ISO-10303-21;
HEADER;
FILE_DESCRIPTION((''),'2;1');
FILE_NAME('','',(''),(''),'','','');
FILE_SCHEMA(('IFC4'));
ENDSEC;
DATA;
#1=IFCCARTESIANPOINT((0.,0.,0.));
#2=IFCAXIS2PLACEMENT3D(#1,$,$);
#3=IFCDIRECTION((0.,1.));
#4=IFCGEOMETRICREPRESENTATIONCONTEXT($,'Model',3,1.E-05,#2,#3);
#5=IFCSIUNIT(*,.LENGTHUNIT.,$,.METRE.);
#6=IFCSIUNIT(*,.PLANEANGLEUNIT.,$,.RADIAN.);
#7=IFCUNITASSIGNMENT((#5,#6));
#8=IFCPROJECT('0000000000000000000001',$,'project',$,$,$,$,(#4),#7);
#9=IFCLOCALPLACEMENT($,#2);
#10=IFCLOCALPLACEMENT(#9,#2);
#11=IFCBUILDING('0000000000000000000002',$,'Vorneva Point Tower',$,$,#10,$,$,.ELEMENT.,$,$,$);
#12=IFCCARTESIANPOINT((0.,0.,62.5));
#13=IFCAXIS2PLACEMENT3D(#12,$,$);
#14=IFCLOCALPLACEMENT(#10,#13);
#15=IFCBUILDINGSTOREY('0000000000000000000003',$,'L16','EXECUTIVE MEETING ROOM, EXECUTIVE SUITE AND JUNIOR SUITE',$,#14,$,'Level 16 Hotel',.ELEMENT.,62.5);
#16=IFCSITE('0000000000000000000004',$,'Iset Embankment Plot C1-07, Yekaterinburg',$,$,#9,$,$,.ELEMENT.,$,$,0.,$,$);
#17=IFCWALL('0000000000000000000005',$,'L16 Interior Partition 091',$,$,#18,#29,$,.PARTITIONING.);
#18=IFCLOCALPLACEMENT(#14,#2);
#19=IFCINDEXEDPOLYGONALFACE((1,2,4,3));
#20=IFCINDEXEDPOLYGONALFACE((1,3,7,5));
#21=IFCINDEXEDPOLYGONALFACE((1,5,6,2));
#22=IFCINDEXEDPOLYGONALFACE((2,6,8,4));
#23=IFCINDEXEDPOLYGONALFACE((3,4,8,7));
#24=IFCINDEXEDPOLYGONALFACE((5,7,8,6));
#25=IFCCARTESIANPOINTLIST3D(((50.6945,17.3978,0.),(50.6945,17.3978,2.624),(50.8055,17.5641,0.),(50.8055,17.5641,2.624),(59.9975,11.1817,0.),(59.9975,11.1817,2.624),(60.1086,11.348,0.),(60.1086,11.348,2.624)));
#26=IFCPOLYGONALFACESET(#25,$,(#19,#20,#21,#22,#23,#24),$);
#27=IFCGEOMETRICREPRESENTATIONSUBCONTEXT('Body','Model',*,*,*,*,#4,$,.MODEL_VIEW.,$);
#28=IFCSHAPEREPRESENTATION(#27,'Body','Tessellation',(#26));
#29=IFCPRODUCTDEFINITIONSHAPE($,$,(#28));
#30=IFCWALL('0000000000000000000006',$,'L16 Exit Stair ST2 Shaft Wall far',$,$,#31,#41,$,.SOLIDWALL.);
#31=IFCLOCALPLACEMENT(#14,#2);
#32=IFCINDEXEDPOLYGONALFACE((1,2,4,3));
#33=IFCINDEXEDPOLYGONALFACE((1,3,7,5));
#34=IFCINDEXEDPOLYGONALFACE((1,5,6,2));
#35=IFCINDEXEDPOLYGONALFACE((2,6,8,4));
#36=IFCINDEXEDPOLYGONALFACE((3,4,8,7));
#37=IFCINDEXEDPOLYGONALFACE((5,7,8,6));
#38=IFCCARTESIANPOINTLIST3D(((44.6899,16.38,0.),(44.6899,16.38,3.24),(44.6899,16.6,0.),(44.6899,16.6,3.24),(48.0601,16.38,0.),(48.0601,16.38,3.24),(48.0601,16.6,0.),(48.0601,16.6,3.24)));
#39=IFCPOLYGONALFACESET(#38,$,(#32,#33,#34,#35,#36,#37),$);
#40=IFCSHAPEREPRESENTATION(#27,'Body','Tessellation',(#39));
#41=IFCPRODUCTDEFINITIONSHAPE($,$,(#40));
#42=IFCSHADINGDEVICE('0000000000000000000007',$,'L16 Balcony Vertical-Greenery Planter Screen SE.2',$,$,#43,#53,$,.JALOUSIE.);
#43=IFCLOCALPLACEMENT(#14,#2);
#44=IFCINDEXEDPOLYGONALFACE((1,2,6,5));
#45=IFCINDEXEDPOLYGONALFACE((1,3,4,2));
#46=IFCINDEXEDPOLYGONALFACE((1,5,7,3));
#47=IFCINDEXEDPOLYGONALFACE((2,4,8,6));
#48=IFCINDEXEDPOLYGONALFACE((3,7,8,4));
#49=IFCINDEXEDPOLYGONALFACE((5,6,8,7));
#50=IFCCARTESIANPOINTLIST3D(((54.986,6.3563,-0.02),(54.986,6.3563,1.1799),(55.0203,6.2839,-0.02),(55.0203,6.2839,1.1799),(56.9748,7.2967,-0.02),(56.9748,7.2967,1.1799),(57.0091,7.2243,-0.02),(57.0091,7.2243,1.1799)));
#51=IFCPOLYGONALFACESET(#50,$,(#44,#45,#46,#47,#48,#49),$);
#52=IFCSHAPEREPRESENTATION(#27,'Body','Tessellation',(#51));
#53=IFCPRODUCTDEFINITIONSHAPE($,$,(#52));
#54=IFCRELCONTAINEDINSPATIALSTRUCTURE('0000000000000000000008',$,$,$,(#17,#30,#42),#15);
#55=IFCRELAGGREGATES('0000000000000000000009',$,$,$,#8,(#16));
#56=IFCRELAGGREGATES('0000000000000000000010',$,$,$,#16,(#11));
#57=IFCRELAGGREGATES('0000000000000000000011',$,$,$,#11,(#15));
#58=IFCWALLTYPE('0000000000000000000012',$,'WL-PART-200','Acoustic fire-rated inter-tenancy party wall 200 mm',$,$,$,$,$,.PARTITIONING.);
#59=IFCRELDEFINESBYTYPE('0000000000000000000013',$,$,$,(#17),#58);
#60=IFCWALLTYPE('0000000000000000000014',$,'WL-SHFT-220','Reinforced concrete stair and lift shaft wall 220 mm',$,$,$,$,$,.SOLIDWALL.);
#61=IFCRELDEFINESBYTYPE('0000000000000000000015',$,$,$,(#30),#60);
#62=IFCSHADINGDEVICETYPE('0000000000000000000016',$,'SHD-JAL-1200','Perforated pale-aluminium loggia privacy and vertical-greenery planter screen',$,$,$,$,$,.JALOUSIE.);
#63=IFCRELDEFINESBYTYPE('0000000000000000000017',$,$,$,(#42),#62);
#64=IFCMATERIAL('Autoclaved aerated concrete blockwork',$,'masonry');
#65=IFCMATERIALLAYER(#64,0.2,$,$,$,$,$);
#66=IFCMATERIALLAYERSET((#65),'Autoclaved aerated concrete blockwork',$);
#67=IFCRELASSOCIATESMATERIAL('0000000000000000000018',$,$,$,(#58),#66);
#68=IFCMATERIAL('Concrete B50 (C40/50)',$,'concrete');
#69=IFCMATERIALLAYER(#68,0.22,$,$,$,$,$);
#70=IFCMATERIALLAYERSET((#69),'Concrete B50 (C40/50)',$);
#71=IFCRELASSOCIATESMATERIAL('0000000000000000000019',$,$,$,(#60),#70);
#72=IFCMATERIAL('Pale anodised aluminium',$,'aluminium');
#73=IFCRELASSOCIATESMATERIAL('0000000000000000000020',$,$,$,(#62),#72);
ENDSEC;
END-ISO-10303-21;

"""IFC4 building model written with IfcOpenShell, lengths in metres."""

from ifc_helpers import new_model, si_unit, direction, frame, frame_2d, origin, origin_2d, place, context, subcontext, project, spatial, rectangle, extrude, material, layer, layer_set, type_object, element, save


model = new_model("IFC4")

# Units and contexts
model_context = context("Model", 3, precision=1e-05, world=origin(), true_north=direction((0.0, 1.0)))
body_context = subcontext(model_context, "Body", "Model", "MODEL_VIEW")
ifc_project = project(units=[si_unit("LENGTHUNIT", "METRE"), si_unit("PLANEANGLEUNIT", "RADIAN")], contexts=[model_context])

# Site, building, storey
site_placement = place(None, origin())
site = spatial("IfcSite", under=ifc_project, at=site_placement, Name="Iset Embankment Plot C1-07, Yekaterinburg", CompositionType="ELEMENT", RefElevation=0.0)
building_placement = place(site_placement, origin())
building = spatial("IfcBuilding", under=site, at=building_placement, Name="Vorneva Point Tower", CompositionType="ELEMENT")
storey_placement = place(building_placement, frame((0.0, 0.0, 62.5)))
storey = spatial("IfcBuildingStorey", under=building, at=storey_placement, Name="L16", Description="EXECUTIVE MEETING ROOM, EXECUTIVE SUITE AND JUNIOR SUITE", LongName="Level 16 Hotel", CompositionType="ELEMENT", Elevation=62.5)

# Shared definitions
ifc_material_1 = material(Name="Pale anodised aluminium", Category="aluminium")

# Walls
ifc_material_2 = material(Name="Autoclaved aerated concrete blockwork", Category="masonry")
ifc_layer_1 = layer(ifc_material_2, 0.2)
ifc_layer_set_1 = layer_set([ifc_layer_1], Name="Autoclaved aerated concrete blockwork")
wall_type_1 = type_object("IfcWallType", Name="WL-PART-200", Description="Acoustic fire-rated inter-tenancy party wall 200 mm", PredefinedType="PARTITIONING", material=ifc_layer_set_1)
wall_1_placement = place(storey_placement, frame((60.053, 11.2649, 0.0), z_axis=(0.0, 0.0, 1.0), x_axis=(-0.831469, 0.555571, 0.0)))
element("IfcWall", 1, at=wall_1_placement, inside=storey, type_object=wall_type_1, Name="L16 Interior Partition 091", PredefinedType="PARTITIONING", context=body_context, shape_type="SweptSolid", body=[
    extrude(rectangle(XDim=11.1887, YDim=0.2, at=frame_2d((5.5942, 0.0))), origin(), (0.0, 0.0, 1.0), 2.624),
])
ifc_material_3 = material(Name="Concrete B50 (C40/50)", Category="concrete")
ifc_layer_2 = layer(ifc_material_3, 0.22)
ifc_layer_set_2 = layer_set([ifc_layer_2], Name="Concrete B50 (C40/50)")
wall_type_2 = type_object("IfcWallType", Name="WL-SHFT-220", Description="Reinforced concrete stair and lift shaft wall 220 mm", PredefinedType="SOLIDWALL", material=ifc_layer_set_2)
wall_2_placement = place(storey_placement, frame((48.0601, 16.49, 0.0), z_axis=(0.0, 0.0, 1.0), x_axis=(-1.0, 0.0, 0.0)))
element("IfcWall", 2, at=wall_2_placement, inside=storey, type_object=wall_type_2, Name="L16 Exit Stair ST2 Shaft Wall far", PredefinedType="SOLIDWALL", context=body_context, shape_type="SweptSolid", body=[
    extrude(rectangle(XDim=3.3701, YDim=0.22, at=frame_2d((1.6851, 0.0))), origin(), (0.0, 0.0, 1.0), 3.24),
])

# Shading device
shading_device_type = type_object("IfcShadingDeviceType", Name="SHD-JAL-1200", Description="Perforated pale-aluminium loggia privacy and vertical-greenery planter screen", PredefinedType="JALOUSIE", material=ifc_material_1)
shading_device_placement = place(storey_placement, frame((55.9976, 6.7903, -0.02), z_axis=(0.0, 0.0, 1.0), x_axis=(0.904023, 0.427484, 0.0)))
element("IfcShadingDevice", 3, at=shading_device_placement, inside=storey, type_object=shading_device_type, Name="L16 Balcony Vertical-Greenery Planter Screen SE.2", PredefinedType="JALOUSIE", context=body_context, shape_type="SweptSolid", body=[
    extrude(rectangle(XDim=2.2, YDim=0.0801, at=origin_2d()), origin(), (0.0, 0.0, 1.0), 1.2),
])

save(model, "model.ifc")
